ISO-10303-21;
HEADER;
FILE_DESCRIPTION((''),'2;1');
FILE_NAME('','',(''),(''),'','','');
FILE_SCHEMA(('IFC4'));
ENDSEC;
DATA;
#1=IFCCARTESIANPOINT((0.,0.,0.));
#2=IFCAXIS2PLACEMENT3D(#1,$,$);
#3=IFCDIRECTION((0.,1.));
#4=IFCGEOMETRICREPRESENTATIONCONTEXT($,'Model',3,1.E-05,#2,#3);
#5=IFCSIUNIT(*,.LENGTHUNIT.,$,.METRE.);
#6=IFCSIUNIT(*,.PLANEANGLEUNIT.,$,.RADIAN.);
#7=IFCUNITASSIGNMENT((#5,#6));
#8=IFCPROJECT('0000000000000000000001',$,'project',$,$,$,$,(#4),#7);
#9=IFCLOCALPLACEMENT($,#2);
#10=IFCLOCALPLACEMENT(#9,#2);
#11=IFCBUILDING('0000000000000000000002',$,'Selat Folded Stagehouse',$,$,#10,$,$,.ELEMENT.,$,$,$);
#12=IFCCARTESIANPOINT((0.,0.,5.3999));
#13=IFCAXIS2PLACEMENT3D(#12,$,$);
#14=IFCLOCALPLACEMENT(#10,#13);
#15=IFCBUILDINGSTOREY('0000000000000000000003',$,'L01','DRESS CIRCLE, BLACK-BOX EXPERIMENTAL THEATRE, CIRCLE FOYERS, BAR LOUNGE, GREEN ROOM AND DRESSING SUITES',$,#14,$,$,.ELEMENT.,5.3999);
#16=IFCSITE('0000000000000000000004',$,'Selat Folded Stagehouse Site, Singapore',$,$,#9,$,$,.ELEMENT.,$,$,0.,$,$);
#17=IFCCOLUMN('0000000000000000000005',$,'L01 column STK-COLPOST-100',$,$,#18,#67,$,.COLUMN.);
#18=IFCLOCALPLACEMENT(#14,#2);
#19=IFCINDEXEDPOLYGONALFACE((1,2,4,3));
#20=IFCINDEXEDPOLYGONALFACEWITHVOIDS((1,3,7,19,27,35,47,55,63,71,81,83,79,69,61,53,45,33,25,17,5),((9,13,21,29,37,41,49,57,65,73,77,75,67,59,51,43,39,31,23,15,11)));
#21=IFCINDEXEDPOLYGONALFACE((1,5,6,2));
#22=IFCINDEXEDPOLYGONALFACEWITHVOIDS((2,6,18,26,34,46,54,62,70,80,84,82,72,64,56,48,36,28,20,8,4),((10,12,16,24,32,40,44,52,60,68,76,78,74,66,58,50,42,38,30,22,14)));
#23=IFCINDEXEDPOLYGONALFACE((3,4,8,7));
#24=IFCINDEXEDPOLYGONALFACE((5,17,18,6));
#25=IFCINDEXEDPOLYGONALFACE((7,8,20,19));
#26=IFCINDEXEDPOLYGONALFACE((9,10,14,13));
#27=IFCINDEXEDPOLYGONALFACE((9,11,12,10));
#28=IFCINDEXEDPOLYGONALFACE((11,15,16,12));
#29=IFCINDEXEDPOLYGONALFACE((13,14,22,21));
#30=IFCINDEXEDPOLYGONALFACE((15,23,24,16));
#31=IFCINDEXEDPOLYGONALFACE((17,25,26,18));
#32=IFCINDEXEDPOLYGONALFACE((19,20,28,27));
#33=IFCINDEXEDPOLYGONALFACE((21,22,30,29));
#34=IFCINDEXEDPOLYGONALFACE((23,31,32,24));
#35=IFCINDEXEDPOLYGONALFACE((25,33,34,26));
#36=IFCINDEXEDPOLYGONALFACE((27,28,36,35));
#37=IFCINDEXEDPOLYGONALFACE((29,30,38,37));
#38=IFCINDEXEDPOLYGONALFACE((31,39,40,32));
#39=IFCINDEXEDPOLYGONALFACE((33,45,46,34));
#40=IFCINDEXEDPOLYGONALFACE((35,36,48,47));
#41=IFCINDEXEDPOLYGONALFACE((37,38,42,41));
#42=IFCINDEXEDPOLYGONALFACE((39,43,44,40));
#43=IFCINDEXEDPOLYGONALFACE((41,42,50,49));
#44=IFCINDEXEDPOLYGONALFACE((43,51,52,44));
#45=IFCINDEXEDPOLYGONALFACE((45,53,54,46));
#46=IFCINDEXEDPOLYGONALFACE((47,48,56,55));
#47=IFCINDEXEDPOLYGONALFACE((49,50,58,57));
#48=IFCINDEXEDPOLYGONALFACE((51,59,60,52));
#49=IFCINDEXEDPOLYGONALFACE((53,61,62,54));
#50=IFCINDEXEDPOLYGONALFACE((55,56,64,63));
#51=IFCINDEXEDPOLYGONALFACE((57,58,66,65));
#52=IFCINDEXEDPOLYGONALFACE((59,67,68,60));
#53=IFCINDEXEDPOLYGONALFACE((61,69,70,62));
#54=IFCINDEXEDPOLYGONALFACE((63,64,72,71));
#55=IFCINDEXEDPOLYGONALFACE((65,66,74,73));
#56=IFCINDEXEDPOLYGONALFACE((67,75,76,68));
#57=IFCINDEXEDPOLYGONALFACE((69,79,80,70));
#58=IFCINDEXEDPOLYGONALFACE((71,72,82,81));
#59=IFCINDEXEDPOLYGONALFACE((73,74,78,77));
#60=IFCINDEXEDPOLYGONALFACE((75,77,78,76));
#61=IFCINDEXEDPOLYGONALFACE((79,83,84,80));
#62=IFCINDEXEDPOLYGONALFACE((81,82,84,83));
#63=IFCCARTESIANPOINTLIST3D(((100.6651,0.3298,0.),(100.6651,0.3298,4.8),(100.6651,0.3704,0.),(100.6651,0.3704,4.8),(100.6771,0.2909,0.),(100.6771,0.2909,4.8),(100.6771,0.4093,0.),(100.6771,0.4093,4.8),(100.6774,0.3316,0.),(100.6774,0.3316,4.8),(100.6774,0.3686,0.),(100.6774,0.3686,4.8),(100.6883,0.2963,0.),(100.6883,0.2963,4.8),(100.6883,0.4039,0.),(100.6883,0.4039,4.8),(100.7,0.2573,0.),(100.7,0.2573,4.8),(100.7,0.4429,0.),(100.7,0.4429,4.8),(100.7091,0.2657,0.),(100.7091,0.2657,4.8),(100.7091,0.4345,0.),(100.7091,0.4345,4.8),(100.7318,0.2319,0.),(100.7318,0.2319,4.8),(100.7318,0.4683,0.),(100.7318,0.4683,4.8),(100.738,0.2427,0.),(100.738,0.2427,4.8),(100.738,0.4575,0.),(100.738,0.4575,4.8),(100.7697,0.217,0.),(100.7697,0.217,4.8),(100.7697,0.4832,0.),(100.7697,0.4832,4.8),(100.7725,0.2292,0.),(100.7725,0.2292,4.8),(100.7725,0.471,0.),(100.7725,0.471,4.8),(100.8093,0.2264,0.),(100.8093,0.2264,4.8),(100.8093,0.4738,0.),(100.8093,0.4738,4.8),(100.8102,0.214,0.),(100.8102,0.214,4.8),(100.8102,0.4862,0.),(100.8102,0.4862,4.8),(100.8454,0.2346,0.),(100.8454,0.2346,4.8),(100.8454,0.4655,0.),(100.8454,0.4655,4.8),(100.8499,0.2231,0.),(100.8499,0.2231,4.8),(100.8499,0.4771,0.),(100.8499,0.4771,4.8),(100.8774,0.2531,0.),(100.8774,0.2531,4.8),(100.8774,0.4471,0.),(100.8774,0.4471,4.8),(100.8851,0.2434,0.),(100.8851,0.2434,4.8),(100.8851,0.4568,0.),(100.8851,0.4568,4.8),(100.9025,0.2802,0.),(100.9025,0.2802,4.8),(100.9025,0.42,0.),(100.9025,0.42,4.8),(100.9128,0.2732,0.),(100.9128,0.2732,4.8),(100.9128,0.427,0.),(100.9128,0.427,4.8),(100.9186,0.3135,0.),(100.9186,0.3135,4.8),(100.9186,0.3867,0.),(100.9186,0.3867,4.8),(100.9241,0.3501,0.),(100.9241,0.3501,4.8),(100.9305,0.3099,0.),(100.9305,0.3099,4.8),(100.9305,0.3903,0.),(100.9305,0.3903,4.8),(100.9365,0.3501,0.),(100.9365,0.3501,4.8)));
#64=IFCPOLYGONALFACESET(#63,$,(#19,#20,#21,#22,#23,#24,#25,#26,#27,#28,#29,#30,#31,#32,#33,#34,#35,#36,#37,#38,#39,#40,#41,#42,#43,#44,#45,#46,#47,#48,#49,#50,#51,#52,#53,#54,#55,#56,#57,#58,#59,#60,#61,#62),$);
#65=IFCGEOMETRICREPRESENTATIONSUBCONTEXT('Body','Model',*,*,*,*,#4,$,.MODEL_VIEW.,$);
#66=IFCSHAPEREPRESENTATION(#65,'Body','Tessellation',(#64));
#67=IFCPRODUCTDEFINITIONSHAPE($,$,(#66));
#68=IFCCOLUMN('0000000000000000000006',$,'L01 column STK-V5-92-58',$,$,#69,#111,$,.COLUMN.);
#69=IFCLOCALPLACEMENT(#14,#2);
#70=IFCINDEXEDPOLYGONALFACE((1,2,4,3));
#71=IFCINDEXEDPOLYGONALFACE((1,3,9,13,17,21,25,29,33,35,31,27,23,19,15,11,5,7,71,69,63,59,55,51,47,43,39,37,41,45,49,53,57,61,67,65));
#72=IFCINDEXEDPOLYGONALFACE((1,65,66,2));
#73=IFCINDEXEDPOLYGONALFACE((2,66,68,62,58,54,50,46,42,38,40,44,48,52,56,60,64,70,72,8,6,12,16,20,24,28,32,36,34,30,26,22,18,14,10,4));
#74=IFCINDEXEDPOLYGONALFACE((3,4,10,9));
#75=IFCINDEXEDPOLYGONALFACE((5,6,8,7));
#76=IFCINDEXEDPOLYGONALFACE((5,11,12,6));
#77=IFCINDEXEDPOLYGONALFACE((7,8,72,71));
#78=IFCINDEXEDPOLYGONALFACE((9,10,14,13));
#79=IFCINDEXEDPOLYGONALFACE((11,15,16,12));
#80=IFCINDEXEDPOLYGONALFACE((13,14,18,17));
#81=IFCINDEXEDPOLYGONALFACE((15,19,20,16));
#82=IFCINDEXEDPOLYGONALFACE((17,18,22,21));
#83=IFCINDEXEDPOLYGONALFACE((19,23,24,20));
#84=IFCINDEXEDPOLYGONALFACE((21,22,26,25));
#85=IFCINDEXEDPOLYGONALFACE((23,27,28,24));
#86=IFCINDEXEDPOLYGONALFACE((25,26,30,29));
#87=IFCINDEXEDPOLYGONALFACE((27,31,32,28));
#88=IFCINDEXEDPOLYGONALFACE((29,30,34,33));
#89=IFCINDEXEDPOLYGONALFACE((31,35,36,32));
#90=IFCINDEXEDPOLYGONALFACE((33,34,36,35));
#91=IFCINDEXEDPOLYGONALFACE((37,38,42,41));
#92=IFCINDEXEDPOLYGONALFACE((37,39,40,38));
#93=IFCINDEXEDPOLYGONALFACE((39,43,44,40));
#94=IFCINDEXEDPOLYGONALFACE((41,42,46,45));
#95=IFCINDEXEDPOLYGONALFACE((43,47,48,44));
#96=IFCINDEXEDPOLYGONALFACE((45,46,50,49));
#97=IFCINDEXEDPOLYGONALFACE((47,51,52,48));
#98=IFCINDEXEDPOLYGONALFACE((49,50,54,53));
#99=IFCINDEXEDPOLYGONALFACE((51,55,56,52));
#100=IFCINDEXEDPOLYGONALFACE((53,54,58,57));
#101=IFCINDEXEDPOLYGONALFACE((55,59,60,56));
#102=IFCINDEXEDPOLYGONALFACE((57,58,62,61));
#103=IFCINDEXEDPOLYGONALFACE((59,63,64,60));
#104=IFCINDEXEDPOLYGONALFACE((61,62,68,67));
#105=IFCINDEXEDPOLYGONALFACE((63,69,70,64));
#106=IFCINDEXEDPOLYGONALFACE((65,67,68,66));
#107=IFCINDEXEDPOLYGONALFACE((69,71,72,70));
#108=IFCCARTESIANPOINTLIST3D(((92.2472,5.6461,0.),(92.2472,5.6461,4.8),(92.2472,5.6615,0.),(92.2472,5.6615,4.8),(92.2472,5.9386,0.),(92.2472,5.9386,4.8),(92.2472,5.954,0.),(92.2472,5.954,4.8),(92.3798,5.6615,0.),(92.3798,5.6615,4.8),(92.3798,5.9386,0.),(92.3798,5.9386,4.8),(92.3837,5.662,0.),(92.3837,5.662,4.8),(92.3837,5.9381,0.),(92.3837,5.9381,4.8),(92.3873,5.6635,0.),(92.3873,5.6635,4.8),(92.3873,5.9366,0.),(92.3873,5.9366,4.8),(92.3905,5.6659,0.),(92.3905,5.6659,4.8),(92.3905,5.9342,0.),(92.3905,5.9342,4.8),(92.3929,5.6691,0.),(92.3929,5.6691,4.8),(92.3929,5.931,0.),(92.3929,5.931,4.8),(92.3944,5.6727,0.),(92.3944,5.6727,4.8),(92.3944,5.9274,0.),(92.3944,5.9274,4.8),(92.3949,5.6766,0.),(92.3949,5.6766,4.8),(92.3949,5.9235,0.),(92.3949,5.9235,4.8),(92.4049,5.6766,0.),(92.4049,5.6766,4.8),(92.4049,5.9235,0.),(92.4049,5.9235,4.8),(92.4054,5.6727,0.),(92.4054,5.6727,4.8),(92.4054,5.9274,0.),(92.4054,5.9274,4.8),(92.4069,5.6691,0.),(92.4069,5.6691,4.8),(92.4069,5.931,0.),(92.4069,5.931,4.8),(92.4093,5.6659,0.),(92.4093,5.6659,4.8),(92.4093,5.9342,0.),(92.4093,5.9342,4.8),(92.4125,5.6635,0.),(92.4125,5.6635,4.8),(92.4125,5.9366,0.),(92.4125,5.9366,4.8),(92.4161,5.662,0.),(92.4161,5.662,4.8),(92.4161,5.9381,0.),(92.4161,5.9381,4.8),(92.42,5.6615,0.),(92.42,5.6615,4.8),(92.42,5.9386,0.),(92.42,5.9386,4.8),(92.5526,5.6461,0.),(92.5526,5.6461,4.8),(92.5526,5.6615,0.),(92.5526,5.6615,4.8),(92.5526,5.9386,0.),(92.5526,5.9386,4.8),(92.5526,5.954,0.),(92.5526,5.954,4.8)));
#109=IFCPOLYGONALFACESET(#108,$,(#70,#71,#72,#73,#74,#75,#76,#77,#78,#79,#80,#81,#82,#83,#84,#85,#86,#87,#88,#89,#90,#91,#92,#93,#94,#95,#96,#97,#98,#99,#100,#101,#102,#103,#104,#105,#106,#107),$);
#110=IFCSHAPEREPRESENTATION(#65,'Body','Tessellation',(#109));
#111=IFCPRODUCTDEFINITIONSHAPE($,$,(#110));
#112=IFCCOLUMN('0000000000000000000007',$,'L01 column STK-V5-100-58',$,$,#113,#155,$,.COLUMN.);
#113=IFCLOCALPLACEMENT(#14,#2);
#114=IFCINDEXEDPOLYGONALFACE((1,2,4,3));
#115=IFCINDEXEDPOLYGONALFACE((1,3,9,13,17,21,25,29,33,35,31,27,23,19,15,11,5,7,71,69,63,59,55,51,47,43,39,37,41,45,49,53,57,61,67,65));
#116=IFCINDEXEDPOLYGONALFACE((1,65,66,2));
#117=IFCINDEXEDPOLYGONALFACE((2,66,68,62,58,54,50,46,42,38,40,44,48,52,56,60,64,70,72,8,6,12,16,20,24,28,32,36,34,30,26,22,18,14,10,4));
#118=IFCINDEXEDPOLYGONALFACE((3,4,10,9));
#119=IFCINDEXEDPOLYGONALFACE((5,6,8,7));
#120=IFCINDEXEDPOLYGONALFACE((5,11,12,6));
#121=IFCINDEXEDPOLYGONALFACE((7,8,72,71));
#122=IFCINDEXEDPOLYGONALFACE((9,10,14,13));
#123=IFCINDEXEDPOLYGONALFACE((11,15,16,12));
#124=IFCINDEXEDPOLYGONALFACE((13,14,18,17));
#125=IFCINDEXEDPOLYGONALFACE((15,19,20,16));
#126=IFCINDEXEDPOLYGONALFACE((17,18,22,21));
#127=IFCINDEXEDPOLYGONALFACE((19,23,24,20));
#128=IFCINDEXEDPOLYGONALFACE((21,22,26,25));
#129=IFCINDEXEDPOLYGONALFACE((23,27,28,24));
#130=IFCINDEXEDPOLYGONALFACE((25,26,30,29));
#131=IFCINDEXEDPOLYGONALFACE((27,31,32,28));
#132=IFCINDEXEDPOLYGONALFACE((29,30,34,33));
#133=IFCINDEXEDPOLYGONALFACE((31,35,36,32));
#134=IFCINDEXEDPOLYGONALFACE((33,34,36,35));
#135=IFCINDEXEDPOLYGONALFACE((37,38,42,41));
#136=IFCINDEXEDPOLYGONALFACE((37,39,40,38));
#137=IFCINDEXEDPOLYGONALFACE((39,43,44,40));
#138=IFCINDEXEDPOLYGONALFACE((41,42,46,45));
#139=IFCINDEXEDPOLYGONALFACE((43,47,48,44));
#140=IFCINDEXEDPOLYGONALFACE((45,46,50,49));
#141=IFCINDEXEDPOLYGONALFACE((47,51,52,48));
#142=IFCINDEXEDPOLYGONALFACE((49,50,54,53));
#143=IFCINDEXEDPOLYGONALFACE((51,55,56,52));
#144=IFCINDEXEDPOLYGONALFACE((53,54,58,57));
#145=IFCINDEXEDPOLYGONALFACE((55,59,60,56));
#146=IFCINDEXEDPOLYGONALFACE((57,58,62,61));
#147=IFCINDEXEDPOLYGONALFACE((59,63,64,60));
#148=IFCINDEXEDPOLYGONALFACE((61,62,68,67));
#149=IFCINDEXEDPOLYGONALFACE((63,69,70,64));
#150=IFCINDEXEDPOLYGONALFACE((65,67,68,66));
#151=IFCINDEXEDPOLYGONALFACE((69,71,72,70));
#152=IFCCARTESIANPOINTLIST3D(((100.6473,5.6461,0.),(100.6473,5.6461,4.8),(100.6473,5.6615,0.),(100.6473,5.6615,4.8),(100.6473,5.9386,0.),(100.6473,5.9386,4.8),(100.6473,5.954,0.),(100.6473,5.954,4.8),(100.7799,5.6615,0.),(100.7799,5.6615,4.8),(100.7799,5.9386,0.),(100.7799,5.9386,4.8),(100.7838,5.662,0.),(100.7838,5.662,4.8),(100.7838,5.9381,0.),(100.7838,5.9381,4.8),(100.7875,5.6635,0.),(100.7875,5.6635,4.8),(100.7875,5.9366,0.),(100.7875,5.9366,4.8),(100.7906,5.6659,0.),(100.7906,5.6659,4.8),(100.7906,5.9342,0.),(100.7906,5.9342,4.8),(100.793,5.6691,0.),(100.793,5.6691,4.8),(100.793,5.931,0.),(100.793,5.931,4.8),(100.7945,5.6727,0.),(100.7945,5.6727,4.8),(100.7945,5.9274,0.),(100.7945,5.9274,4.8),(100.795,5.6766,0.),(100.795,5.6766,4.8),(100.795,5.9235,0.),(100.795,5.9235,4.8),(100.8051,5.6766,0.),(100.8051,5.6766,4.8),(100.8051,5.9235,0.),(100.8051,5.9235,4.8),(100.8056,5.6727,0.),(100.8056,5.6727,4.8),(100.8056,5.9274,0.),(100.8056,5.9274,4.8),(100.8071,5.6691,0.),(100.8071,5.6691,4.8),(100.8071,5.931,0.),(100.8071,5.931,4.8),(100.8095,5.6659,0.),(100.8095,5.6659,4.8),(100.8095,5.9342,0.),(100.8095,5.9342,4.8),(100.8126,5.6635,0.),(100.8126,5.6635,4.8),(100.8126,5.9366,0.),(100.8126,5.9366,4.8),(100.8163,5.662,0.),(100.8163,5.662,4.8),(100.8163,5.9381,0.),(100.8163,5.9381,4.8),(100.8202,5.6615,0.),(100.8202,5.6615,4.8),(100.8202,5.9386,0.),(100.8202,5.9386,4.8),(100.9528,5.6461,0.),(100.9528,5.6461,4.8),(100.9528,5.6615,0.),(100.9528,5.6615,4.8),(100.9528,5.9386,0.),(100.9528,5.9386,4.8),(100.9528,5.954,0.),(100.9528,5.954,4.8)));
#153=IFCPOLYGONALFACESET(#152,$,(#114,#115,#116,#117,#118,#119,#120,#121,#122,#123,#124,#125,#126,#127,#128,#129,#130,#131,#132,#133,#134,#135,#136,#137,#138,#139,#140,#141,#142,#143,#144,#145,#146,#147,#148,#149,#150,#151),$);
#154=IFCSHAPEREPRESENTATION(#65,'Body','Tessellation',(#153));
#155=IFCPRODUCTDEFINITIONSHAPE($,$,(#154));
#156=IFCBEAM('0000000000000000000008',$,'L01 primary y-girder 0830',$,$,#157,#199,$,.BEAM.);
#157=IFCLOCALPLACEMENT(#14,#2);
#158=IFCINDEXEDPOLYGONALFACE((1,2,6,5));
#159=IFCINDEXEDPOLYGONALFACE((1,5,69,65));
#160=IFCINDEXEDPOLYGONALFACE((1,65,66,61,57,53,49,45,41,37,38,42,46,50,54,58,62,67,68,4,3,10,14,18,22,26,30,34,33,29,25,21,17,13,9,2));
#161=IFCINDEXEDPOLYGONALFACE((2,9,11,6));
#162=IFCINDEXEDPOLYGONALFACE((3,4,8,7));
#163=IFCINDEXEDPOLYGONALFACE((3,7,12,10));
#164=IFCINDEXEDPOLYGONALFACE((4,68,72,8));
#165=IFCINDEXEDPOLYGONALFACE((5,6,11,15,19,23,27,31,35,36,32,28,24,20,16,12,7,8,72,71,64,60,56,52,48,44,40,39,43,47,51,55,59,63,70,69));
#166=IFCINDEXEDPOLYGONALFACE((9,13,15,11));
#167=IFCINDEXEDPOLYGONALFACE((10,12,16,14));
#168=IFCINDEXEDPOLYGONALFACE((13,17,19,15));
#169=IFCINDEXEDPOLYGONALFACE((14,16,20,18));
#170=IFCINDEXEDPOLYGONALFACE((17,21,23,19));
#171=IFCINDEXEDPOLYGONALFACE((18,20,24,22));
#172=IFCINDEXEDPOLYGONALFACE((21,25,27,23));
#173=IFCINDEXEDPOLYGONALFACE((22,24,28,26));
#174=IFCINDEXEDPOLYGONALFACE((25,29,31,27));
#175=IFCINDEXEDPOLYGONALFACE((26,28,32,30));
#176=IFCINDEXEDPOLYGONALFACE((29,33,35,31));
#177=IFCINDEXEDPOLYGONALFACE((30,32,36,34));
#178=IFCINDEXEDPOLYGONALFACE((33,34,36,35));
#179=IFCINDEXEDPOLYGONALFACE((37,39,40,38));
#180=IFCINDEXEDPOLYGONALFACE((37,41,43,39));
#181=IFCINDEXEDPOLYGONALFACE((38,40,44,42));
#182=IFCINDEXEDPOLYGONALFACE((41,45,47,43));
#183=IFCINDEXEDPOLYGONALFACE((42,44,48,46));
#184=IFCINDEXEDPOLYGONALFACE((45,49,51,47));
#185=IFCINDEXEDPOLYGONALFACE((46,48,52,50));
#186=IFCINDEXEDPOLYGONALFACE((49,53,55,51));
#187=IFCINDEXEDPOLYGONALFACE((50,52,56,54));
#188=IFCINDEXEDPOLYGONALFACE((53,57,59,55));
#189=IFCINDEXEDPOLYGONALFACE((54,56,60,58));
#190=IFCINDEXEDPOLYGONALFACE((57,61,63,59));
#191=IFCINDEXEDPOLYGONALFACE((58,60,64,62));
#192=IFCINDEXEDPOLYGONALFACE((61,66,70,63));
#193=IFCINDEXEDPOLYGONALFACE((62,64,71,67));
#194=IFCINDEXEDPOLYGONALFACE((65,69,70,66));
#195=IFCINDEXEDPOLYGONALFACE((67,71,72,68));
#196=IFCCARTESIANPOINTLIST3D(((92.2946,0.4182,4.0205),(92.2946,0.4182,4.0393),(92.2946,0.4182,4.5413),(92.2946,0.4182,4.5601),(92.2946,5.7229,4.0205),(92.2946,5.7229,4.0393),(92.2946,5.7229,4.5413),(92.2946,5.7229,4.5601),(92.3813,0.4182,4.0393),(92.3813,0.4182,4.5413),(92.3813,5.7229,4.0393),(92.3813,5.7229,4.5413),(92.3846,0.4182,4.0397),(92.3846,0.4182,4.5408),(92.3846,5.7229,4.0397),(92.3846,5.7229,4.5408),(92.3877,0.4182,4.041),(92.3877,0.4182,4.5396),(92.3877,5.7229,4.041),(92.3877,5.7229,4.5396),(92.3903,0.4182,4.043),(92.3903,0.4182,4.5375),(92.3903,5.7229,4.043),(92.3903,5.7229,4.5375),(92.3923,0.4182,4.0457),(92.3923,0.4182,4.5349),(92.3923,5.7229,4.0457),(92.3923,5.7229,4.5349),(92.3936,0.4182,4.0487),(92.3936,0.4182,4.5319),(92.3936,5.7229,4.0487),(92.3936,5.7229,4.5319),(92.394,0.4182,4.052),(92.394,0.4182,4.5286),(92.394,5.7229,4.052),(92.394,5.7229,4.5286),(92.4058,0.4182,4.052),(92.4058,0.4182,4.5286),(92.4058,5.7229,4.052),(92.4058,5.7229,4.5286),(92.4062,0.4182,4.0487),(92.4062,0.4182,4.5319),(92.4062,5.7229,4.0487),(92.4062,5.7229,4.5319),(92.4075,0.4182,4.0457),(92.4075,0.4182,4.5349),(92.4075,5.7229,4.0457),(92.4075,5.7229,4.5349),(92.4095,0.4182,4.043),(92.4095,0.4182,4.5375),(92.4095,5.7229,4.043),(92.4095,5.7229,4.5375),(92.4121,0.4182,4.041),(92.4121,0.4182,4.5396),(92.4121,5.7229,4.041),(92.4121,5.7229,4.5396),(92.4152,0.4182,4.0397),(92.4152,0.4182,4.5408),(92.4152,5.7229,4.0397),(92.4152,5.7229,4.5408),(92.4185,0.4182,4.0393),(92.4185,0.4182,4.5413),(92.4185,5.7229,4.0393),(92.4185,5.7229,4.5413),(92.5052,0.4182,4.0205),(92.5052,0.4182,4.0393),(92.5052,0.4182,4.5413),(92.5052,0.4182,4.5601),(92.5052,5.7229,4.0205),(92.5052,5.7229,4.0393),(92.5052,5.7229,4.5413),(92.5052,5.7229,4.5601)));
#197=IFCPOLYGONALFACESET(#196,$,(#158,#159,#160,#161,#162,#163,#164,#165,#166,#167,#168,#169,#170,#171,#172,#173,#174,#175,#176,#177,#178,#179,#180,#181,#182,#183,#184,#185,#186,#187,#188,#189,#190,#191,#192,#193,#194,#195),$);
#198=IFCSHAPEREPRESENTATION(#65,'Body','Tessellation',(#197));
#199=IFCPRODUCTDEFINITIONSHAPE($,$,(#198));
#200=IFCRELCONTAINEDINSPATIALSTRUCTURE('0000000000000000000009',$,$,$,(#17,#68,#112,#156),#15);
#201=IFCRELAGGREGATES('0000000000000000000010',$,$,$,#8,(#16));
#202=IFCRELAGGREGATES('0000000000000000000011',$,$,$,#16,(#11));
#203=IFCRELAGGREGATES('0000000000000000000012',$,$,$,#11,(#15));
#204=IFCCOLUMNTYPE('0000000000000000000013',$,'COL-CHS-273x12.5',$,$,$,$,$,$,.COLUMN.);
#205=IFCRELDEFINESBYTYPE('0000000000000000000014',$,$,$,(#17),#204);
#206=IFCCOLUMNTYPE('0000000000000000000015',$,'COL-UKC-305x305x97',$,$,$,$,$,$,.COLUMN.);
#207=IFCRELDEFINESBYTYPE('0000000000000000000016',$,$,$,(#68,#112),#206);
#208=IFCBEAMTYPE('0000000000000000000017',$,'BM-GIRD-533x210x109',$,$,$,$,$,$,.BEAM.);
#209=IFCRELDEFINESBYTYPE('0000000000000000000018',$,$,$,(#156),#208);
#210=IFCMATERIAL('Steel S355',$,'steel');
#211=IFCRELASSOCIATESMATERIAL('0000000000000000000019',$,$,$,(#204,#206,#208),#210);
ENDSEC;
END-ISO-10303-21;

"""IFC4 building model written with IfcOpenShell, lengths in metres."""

from ifc_helpers import new_model, si_unit, direction, frame, origin, origin_2d, place, context, subcontext, project, spatial, hollow_circle, i_section, extrude, material, material_profile, profile_set, type_object, element, save


model = new_model("IFC4")

# Units and contexts
model_context = context("Model", 3, precision=1e-05, world=origin(), true_north=direction((0.0, 1.0)))
body_context = subcontext(model_context, "Body", "Model", "MODEL_VIEW")
ifc_project = project(units=[si_unit("LENGTHUNIT", "METRE"), si_unit("PLANEANGLEUNIT", "RADIAN")], contexts=[model_context])

# Site, building, storey
site_placement = place(None, origin())
site = spatial("IfcSite", under=ifc_project, at=site_placement, Name="Selat Folded Stagehouse Site, Singapore", CompositionType="ELEMENT", RefElevation=0.0)
building_placement = place(site_placement, origin())
building = spatial("IfcBuilding", under=site, at=building_placement, Name="Selat Folded Stagehouse", CompositionType="ELEMENT")
storey_placement = place(building_placement, frame((0.0, 0.0, 5.3999)))
storey = spatial("IfcBuildingStorey", under=building, at=storey_placement, Name="L01", Description="DRESS CIRCLE, BLACK-BOX EXPERIMENTAL THEATRE, CIRCLE FOYERS, BAR LOUNGE, GREEN ROOM AND DRESSING SUITES", CompositionType="ELEMENT", Elevation=5.3999)

# Columns
ifc_material = material(Name="Steel S355", Category="steel")
ifc_material_profile_1 = material_profile(ifc_material, hollow_circle(Radius=0.1365, WallThickness=0.0125, at=origin_2d()), Name="CHS 273.0x12.5")
ifc_profile_set_1 = profile_set([ifc_material_profile_1], Name="Steel S355")
column_type_1 = type_object("IfcColumnType", Name="COL-CHS-273x12.5", PredefinedType="COLUMN", material=ifc_profile_set_1)
column_placement = place(storey_placement, frame((100.8, 0.3501, 0.0), z_axis=(0.0, 0.0, 1.0), x_axis=(1.0, 0.0, 0.0)))
element("IfcColumn", 1, at=column_placement, inside=storey, type_object=column_type_1, Name="L01 column STK-COLPOST-100", PredefinedType="COLUMN", context=body_context, shape_type="SweptSolid", body=[
    extrude(hollow_circle(Radius=0.1365, WallThickness=0.0125, at=origin_2d()), origin(), (0.0, 0.0, 1.0), 4.8),
])
ifc_material_profile_2 = material_profile(ifc_material, i_section(OverallWidth=0.3054, OverallDepth=0.3079, WebThickness=0.01, FlangeThickness=0.0154, FilletRadius=0.0151, at=origin_2d()), Name="UKC 305x305x97")
ifc_profile_set_2 = profile_set([ifc_material_profile_2], Name="Steel S355")
column_type_2 = type_object("IfcColumnType", Name="COL-UKC-305x305x97", PredefinedType="COLUMN", material=ifc_profile_set_2)
for number, where, z_axis, x_axis, name in (
    (2, (92.3999, 5.8, 0.0), (0.0, 0.0, 1.0), (1.0, 0.0, 0.0), "L01 column STK-V5-92-58"),
    (3, (100.8, 5.8, 0.0), (0.0, 0.0, 1.0), (1.0, 0.0, 0.0), "L01 column STK-V5-100-58"),
):
    element("IfcColumn", number, at=place(storey_placement, frame(where, z_axis=z_axis, x_axis=x_axis)), inside=storey, type_object=column_type_2, Name=name, PredefinedType="COLUMN", context=body_context, shape_type="SweptSolid", body=[
        extrude(i_section(OverallWidth=0.3054, OverallDepth=0.3079, WebThickness=0.01, FlangeThickness=0.0154, FilletRadius=0.0151, at=origin_2d()), origin(), (0.0, 0.0, 1.0), 4.8),
    ])

# Beam
ifc_material_profile_3 = material_profile(ifc_material, i_section(OverallWidth=0.2107, OverallDepth=0.5396, WebThickness=0.0117, FlangeThickness=0.0188, FilletRadius=0.0127, at=origin_2d()), Name="UKB 533x210x109")
ifc_profile_set_3 = profile_set([ifc_material_profile_3], Name="Steel S355")
beam_type_1 = type_object("IfcBeamType", Name="BM-GIRD-533x210x109", PredefinedType="BEAM", material=ifc_profile_set_3)
for number, where, z_axis, x_axis, name in (
    (4, (92.3999, 0.4182, 4.2903), (0.0, 1.0, 0.0), (-1.0, 0.0, 0.0), "L01 primary y-girder 0830"),
):
    element("IfcBeam", number, at=place(storey_placement, frame(where, z_axis=z_axis, x_axis=x_axis)), inside=storey, type_object=beam_type_1, Name=name, PredefinedType="BEAM", context=body_context, shape_type="SweptSolid", body=[
        extrude(i_section(OverallWidth=0.2107, OverallDepth=0.5396, WebThickness=0.0117, FlangeThickness=0.0188, FilletRadius=0.0127, at=origin_2d()), origin(), (0.0, 0.0, 1.0), 5.3047),
    ])

save(model, "model.ifc")
